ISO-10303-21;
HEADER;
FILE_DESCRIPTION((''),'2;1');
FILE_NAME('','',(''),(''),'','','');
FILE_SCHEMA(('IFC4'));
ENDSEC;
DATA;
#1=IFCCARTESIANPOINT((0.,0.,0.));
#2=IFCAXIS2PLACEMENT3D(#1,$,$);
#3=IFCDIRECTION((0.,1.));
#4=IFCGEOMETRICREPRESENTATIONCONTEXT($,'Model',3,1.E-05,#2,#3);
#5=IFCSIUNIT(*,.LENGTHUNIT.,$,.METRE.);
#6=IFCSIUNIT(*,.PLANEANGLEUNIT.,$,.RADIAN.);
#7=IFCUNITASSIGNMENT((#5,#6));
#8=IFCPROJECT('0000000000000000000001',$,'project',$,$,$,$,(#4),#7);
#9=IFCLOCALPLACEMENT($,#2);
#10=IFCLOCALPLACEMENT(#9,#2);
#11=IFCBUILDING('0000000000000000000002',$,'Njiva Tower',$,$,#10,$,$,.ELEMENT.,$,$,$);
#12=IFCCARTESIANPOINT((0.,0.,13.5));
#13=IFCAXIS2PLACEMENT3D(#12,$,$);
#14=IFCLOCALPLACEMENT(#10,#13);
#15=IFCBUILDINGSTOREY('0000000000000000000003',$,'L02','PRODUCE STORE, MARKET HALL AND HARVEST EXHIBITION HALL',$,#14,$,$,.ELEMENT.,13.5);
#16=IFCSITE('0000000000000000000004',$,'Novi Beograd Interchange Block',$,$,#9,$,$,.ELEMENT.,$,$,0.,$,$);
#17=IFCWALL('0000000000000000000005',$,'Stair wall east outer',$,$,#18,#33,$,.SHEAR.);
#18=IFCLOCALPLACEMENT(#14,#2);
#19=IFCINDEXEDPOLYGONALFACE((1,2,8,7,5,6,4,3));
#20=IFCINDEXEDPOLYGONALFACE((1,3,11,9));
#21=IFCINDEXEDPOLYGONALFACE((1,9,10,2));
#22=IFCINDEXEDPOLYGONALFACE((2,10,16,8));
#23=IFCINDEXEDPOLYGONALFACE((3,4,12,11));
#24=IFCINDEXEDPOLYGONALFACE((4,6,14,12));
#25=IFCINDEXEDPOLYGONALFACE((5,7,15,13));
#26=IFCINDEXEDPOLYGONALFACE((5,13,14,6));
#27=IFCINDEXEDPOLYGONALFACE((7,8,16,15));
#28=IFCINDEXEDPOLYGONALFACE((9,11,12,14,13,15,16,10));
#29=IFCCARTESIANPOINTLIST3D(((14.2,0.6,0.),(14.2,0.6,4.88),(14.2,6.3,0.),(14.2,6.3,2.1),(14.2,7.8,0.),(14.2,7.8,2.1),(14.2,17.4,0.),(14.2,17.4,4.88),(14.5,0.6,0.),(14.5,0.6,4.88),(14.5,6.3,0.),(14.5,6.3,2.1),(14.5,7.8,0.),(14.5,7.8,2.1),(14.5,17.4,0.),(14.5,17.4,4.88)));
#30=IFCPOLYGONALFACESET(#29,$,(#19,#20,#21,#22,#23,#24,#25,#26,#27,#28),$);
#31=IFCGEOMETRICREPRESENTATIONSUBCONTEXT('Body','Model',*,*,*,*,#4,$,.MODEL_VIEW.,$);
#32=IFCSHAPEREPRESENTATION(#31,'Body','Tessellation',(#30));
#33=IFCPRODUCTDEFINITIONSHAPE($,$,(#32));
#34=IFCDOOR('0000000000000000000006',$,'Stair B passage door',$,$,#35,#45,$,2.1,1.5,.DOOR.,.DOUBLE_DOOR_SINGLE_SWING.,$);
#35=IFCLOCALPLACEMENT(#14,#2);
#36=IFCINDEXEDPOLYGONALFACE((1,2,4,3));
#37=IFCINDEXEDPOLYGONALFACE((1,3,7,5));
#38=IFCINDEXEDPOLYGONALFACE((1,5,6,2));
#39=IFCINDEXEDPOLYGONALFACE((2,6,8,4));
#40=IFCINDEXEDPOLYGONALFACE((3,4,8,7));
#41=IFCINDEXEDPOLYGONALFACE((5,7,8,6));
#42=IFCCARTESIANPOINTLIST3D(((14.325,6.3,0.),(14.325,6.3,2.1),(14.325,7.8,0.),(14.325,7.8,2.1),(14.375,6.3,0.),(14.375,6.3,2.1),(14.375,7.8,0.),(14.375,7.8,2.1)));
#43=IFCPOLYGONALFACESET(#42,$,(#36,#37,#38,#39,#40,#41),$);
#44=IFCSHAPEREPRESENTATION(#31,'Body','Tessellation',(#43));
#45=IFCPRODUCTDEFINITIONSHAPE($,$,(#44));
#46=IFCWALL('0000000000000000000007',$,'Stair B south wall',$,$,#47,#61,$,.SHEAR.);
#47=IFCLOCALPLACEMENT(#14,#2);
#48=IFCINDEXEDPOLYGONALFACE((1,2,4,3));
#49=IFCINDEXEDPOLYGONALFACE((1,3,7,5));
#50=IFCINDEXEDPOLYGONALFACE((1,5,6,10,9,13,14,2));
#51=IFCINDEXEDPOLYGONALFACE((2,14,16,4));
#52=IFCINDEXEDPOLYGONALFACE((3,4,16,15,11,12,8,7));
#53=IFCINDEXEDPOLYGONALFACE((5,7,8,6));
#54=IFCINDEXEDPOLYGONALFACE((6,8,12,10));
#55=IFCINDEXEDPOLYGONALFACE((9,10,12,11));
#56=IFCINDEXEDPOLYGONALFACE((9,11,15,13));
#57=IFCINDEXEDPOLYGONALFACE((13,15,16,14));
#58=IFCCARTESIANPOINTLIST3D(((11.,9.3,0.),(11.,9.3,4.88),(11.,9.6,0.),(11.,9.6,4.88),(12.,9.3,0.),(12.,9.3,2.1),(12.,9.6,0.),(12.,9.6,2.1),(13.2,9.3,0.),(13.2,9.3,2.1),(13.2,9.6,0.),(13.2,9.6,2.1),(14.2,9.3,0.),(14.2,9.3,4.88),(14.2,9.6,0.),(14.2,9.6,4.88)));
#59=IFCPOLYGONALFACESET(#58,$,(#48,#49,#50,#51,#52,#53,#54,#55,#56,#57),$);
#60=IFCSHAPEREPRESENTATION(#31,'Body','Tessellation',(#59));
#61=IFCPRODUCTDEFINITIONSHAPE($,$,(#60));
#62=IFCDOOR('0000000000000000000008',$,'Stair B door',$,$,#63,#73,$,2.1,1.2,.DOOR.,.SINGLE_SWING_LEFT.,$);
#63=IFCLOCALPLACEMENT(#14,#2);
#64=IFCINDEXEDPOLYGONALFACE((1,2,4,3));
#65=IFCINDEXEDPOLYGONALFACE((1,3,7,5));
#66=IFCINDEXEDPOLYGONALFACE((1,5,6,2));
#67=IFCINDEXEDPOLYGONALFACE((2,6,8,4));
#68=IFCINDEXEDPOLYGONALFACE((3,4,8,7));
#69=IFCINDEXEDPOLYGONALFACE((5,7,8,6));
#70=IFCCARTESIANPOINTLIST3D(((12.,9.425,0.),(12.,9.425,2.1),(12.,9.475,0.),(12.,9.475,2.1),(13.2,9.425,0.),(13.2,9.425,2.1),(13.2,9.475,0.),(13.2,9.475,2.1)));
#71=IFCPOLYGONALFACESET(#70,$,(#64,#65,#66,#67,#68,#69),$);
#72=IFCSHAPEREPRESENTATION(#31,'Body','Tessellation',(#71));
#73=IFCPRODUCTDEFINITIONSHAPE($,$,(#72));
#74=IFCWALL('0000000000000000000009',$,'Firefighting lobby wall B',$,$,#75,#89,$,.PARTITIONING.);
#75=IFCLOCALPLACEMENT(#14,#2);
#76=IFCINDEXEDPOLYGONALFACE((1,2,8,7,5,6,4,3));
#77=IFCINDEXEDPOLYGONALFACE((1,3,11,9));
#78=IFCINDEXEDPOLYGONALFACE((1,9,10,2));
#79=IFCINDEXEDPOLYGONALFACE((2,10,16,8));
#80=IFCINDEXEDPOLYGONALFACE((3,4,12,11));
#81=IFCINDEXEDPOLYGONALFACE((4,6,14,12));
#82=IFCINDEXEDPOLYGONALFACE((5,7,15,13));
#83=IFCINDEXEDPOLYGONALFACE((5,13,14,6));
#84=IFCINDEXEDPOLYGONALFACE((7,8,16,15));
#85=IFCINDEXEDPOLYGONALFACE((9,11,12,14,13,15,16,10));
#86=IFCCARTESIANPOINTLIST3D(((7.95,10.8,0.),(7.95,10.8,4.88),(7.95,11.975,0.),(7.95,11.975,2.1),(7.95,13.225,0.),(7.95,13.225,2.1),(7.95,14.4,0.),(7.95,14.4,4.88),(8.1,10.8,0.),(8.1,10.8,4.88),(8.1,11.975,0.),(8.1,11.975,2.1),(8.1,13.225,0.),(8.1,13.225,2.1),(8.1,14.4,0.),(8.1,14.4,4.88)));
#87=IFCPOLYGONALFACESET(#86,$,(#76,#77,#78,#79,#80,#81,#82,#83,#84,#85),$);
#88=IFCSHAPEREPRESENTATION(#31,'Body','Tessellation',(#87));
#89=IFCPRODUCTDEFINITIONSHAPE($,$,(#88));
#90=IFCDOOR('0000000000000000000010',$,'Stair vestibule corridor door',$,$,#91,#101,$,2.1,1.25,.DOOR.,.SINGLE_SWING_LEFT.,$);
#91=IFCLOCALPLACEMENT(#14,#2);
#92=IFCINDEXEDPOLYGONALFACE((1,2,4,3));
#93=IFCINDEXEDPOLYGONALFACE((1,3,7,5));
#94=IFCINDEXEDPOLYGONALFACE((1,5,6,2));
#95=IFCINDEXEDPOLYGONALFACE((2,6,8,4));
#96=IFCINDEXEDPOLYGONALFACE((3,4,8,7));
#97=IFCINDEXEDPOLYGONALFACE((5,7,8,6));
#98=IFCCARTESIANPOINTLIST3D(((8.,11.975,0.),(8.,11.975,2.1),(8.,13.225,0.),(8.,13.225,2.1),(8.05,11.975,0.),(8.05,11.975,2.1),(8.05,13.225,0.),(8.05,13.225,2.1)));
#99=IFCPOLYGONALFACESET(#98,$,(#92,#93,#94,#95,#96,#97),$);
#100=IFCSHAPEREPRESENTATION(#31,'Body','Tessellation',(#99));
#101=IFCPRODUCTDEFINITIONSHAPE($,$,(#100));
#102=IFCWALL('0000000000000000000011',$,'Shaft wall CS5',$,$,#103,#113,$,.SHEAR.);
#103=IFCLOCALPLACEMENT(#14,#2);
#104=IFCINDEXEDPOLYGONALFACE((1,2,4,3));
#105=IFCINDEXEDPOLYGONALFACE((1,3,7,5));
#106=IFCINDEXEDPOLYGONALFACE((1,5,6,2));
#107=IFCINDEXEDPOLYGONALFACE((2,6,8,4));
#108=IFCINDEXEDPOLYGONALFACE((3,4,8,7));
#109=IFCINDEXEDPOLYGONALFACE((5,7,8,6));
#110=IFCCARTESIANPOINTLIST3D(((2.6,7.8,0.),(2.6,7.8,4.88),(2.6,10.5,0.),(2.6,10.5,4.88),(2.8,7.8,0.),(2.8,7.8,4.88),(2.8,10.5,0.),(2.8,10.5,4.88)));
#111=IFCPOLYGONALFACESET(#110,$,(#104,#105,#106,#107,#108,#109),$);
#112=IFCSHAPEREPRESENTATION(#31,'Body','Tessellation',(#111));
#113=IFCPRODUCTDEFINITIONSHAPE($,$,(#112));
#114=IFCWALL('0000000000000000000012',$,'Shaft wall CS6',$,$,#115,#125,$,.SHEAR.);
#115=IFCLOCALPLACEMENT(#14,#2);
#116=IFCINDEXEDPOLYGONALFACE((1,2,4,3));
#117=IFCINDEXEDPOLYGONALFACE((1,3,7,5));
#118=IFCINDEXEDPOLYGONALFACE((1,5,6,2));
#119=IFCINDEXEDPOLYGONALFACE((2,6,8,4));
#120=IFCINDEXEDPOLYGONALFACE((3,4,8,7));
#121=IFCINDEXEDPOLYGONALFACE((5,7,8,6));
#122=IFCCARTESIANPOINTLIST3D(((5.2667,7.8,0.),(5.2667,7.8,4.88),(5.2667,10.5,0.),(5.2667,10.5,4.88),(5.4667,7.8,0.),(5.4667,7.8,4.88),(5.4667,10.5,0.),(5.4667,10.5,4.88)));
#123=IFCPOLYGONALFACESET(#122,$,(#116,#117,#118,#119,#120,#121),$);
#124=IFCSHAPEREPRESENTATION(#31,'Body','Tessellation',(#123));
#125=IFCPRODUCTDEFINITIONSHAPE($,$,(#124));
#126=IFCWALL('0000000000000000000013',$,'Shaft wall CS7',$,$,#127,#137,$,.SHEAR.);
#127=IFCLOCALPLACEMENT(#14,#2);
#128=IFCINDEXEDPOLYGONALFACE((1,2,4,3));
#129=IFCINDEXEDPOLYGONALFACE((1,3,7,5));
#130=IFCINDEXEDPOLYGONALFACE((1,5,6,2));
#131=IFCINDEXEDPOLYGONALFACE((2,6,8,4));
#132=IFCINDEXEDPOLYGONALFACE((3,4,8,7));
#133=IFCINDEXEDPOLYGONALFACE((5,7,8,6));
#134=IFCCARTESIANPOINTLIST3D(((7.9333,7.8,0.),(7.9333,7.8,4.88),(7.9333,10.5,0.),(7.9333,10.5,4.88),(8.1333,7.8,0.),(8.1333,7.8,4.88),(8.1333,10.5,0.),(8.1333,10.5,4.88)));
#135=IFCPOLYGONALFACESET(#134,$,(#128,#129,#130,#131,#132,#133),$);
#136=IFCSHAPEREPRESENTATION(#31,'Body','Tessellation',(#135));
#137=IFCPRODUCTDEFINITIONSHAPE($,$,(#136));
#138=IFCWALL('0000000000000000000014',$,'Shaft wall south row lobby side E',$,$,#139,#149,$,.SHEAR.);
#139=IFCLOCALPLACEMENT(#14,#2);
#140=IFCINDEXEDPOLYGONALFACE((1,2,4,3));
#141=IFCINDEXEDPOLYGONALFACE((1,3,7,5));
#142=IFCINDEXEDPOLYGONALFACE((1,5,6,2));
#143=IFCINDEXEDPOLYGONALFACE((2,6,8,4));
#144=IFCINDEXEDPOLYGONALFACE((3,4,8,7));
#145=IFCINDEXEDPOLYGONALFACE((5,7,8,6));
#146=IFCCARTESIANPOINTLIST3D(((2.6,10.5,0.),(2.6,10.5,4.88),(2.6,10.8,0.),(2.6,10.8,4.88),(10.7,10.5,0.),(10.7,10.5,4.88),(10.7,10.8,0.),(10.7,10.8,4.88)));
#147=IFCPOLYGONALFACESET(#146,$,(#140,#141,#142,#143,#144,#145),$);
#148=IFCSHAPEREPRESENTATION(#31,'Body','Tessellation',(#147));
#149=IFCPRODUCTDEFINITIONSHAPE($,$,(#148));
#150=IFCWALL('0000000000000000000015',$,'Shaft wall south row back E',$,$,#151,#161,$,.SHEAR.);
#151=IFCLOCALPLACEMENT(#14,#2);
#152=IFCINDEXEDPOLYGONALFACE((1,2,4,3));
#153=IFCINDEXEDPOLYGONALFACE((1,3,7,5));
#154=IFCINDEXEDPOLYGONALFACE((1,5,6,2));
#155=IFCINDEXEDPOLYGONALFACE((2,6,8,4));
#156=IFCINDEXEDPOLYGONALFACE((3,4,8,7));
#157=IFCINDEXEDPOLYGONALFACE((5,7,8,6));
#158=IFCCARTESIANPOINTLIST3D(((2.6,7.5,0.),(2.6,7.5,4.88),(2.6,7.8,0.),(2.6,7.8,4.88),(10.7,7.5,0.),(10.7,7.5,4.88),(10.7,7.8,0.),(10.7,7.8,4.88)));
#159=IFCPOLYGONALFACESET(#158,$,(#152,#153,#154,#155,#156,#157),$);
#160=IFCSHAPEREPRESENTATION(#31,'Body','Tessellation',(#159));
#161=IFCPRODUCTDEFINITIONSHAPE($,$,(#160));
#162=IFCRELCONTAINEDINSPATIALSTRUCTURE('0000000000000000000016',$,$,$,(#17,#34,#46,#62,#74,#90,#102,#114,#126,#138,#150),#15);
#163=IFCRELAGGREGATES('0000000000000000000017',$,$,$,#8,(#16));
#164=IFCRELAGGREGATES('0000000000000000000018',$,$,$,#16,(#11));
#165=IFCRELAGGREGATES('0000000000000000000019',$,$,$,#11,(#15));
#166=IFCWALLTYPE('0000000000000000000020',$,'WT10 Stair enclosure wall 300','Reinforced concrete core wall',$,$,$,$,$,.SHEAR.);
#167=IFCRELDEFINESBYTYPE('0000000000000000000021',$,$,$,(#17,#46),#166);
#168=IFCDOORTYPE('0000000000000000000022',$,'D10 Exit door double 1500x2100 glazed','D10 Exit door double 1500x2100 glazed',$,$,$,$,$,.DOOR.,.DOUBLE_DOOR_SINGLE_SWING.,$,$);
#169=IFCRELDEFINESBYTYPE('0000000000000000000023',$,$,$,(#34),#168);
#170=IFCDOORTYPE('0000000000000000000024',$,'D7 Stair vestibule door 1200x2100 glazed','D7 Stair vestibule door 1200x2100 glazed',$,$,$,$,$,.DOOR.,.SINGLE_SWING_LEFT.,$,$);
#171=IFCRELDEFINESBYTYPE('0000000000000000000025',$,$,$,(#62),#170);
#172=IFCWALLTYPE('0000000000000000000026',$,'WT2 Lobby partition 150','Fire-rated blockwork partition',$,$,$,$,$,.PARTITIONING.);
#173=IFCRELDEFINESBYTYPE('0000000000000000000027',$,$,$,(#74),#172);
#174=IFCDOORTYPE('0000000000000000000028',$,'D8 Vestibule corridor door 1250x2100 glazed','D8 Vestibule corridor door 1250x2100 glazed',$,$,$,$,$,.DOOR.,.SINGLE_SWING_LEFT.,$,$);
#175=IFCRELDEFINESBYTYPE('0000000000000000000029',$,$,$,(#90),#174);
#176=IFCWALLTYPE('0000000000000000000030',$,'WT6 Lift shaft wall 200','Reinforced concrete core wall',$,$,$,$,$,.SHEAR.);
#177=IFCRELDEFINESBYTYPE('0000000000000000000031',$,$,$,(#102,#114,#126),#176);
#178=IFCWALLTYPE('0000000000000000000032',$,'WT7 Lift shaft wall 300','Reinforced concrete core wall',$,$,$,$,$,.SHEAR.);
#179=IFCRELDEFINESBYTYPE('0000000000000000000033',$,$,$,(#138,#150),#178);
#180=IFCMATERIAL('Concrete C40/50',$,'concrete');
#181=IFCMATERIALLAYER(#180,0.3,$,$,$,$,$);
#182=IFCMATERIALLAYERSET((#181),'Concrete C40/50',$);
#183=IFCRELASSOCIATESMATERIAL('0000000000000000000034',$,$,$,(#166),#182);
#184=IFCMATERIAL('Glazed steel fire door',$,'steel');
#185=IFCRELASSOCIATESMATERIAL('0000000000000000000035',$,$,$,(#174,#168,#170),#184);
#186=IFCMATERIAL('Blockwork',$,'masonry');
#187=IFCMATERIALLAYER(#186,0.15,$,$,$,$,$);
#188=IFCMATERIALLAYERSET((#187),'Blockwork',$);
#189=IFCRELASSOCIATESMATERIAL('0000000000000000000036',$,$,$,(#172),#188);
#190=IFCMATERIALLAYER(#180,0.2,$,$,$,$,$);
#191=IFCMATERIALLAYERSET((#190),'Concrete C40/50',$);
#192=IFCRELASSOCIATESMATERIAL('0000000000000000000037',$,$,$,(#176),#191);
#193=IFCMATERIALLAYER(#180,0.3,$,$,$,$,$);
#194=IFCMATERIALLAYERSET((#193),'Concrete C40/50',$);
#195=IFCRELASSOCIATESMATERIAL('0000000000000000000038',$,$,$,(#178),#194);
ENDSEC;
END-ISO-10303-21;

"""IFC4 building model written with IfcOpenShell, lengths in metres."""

from ifc_helpers import new_model, si_unit, direction, frame, frame_2d, origin, place, context, subcontext, project, spatial, rectangle, extrude, material, layer, layer_set, type_object, element, fill, save


model = new_model("IFC4")

# Units and contexts
model_context = context("Model", 3, precision=1e-05, world=origin(), true_north=direction((0.0, 1.0)))
body_context = subcontext(model_context, "Body", "Model", "MODEL_VIEW")
ifc_project = project(units=[si_unit("LENGTHUNIT", "METRE"), si_unit("PLANEANGLEUNIT", "RADIAN")], contexts=[model_context])

# Site, building, storey
site_placement = place(None, origin())
site = spatial("IfcSite", under=ifc_project, at=site_placement, Name="Novi Beograd Interchange Block", CompositionType="ELEMENT", RefElevation=0.0)
building_placement = place(site_placement, origin())
building = spatial("IfcBuilding", under=site, at=building_placement, Name="Njiva Tower", CompositionType="ELEMENT")
storey_placement = place(building_placement, frame((0.0, 0.0, 13.5)))
storey = spatial("IfcBuildingStorey", under=building, at=storey_placement, Name="L02", Description="PRODUCE STORE, MARKET HALL AND HARVEST EXHIBITION HALL", CompositionType="ELEMENT", Elevation=13.5)

# Shared definitions
ifc_material_1 = material(Name="Blockwork", Category="masonry")

# Shared definitions
ifc_material_2 = material(Name="Concrete C40/50", Category="concrete")
ifc_layer_1 = layer(ifc_material_2, 0.3)
ifc_layer_set_1 = layer_set([ifc_layer_1], Name="Concrete C40/50")
wall_type_1 = type_object("IfcWallType", Name="WT10 Stair enclosure wall 300", Description="Reinforced concrete core wall", PredefinedType="SHEAR", material=ifc_layer_set_1)
ifc_material_3 = material(Name="Glazed steel fire door", Category="steel")
door_type_1 = type_object("IfcDoorType", Name="D8 Vestibule corridor door 1250x2100 glazed", Description="D8 Vestibule corridor door 1250x2100 glazed", OperationType="SINGLE_SWING_LEFT", PredefinedType="DOOR", material=ifc_material_3)

# Walls, openings, doors
wall_1_placement = place(storey_placement, frame((14.35, 0.6, 0.0), z_axis=(0.0, 0.0, 1.0), x_axis=(0.0, 1.0, 0.0)))
wall_1 = element("IfcWall", 1, at=wall_1_placement, inside=storey, type_object=wall_type_1, Name="Stair wall east outer", PredefinedType="SHEAR", context=body_context, shape_type="SweptSolid", body=[
    extrude(rectangle(XDim=16.8, YDim=0.3, at=frame_2d((8.4, 0.0))), origin(), (0.0, 0.0, 1.0), 4.88),
])
opening_1_placement = place(wall_1_placement, frame((5.7, 0.0, 0.0)))
opening_1 = element("IfcOpeningElement", 2, at=opening_1_placement, cuts=wall_1, PredefinedType="OPENING", context=body_context, shape_type="SweptSolid", body=[
    extrude(rectangle(XDim=1.5, YDim=2.1, at=frame_2d((0.75, 1.05))), frame((0.0, 0.16, 0.0), z_axis=(0.0, -1.0, 0.0), x_axis=(1.0, 0.0, 0.0)), (0.0, 0.0, 1.0), 0.32),
])
door_type_2 = type_object("IfcDoorType", Name="D10 Exit door double 1500x2100 glazed", Description="D10 Exit door double 1500x2100 glazed", OperationType="DOUBLE_DOOR_SINGLE_SWING", PredefinedType="DOOR", material=ifc_material_3)
door_1_placement = place(opening_1_placement, origin())
door_1 = element("IfcDoor", 3, at=door_1_placement, inside=storey, type_object=door_type_2, Name="Stair B passage door", OperationType="DOUBLE_DOOR_SINGLE_SWING", OverallHeight=2.1, OverallWidth=1.5, PredefinedType="DOOR", context=body_context, shape_type="SweptSolid", body=[
    extrude(rectangle(XDim=1.5, YDim=2.1, at=frame_2d((0.75, 1.05))), frame((0.0, 0.025, 0.0), z_axis=(0.0, -1.0, 0.0), x_axis=(1.0, 0.0, 0.0)), (0.0, 0.0, 1.0), 0.05),
])
fill(opening_1, door_1)
wall_2_placement = place(storey_placement, frame((11.0, 9.45, 0.0), z_axis=(0.0, 0.0, 1.0), x_axis=(1.0, 0.0, 0.0)))
wall_2 = element("IfcWall", 4, at=wall_2_placement, inside=storey, type_object=wall_type_1, Name="Stair B south wall", PredefinedType="SHEAR", context=body_context, shape_type="SweptSolid", body=[
    extrude(rectangle(XDim=3.2, YDim=0.3, at=frame_2d((1.6, 0.0))), origin(), (0.0, 0.0, 1.0), 4.88),
])
opening_2_placement = place(wall_2_placement, frame((1.0, 0.0, 0.0)))
opening_2 = element("IfcOpeningElement", 5, at=opening_2_placement, cuts=wall_2, PredefinedType="OPENING", context=body_context, shape_type="SweptSolid", body=[
    extrude(rectangle(XDim=1.2, YDim=2.1, at=frame_2d((0.6, 1.05))), frame((0.0, 0.16, 0.0), z_axis=(0.0, -1.0, 0.0), x_axis=(1.0, 0.0, 0.0)), (0.0, 0.0, 1.0), 0.32),
])
door_type_3 = type_object("IfcDoorType", Name="D7 Stair vestibule door 1200x2100 glazed", Description="D7 Stair vestibule door 1200x2100 glazed", OperationType="SINGLE_SWING_LEFT", PredefinedType="DOOR", material=ifc_material_3)
door_2_placement = place(opening_2_placement, origin())
door_2 = element("IfcDoor", 6, at=door_2_placement, inside=storey, type_object=door_type_3, Name="Stair B door", OperationType="SINGLE_SWING_LEFT", OverallHeight=2.1, OverallWidth=1.2, PredefinedType="DOOR", context=body_context, shape_type="SweptSolid", body=[
    extrude(rectangle(XDim=1.2, YDim=2.1, at=frame_2d((0.6, 1.05))), frame((0.0, 0.025, 0.0), z_axis=(0.0, -1.0, 0.0), x_axis=(1.0, 0.0, 0.0)), (0.0, 0.0, 1.0), 0.05),
])
fill(opening_2, door_2)
ifc_layer_2 = layer(ifc_material_1, 0.15)
ifc_layer_set_2 = layer_set([ifc_layer_2], Name="Blockwork")
wall_type_2 = type_object("IfcWallType", Name="WT2 Lobby partition 150", Description="Fire-rated blockwork partition", PredefinedType="PARTITIONING", material=ifc_layer_set_2)
wall_3_placement = place(storey_placement, frame((8.025, 10.8, 0.0), z_axis=(0.0, 0.0, 1.0), x_axis=(0.0, 1.0, 0.0)))
wall_3 = element("IfcWall", 7, at=wall_3_placement, inside=storey, type_object=wall_type_2, Name="Firefighting lobby wall B", PredefinedType="PARTITIONING", context=body_context, shape_type="SweptSolid", body=[
    extrude(rectangle(XDim=3.6, YDim=0.15, at=frame_2d((1.8, 0.0))), origin(), (0.0, 0.0, 1.0), 4.88),
])
opening_3_placement = place(wall_3_placement, frame((1.175, 0.0, 0.0)))
opening_3 = element("IfcOpeningElement", 8, at=opening_3_placement, cuts=wall_3, PredefinedType="OPENING", context=body_context, shape_type="SweptSolid", body=[
    extrude(rectangle(XDim=1.25, YDim=2.1, at=frame_2d((0.625, 1.05))), frame((0.0, 0.085, 0.0), z_axis=(0.0, -1.0, 0.0), x_axis=(1.0, 0.0, 0.0)), (0.0, 0.0, 1.0), 0.17),
])
door_3_placement = place(opening_3_placement, origin())
door_3 = element("IfcDoor", 9, at=door_3_placement, inside=storey, type_object=door_type_1, Name="Stair vestibule corridor door", OperationType="SINGLE_SWING_LEFT", OverallHeight=2.1, OverallWidth=1.25, PredefinedType="DOOR", context=body_context, shape_type="SweptSolid", body=[
    extrude(rectangle(XDim=1.25, YDim=2.1, at=frame_2d((0.625, 1.05))), frame((0.0, 0.025, 0.0), z_axis=(0.0, -1.0, 0.0), x_axis=(1.0, 0.0, 0.0)), (0.0, 0.0, 1.0), 0.05),
])
fill(opening_3, door_3)

# Walls
ifc_layer_3 = layer(ifc_material_2, 0.2)
ifc_layer_set_3 = layer_set([ifc_layer_3], Name="Concrete C40/50")
wall_type_3 = type_object("IfcWallType", Name="WT6 Lift shaft wall 200", Description="Reinforced concrete core wall", PredefinedType="SHEAR", material=ifc_layer_set_3)
for number, where, z_axis, x_axis, name in (
    (10, (2.7, 7.8, 0.0), (0.0, 0.0, 1.0), (0.0, 1.0, 0.0), "Shaft wall CS5"),
    (11, (5.3667, 7.8, 0.0), (0.0, 0.0, 1.0), (0.0, 1.0, 0.0), "Shaft wall CS6"),
    (12, (8.0333, 7.8, 0.0), (0.0, 0.0, 1.0), (0.0, 1.0, 0.0), "Shaft wall CS7"),
):
    element("IfcWall", number, at=place(storey_placement, frame(where, z_axis=z_axis, x_axis=x_axis)), inside=storey, type_object=wall_type_3, Name=name, PredefinedType="SHEAR", context=body_context, shape_type="SweptSolid", body=[
        extrude(rectangle(XDim=2.7, YDim=0.2, at=frame_2d((1.35, 0.0))), origin(), (0.0, 0.0, 1.0), 4.88),
    ])
ifc_layer_4 = layer(ifc_material_2, 0.3)
ifc_layer_set_4 = layer_set([ifc_layer_4], Name="Concrete C40/50")
wall_type_4 = type_object("IfcWallType", Name="WT7 Lift shaft wall 300", Description="Reinforced concrete core wall", PredefinedType="SHEAR", material=ifc_layer_set_4)
for number, where, z_axis, x_axis, name in (
    (13, (2.6, 10.65, 0.0), (0.0, 0.0, 1.0), (1.0, 0.0, 0.0), "Shaft wall south row lobby side E"),
    (14, (2.6, 7.65, 0.0), (0.0, 0.0, 1.0), (1.0, 0.0, 0.0), "Shaft wall south row back E"),
):
    element("IfcWall", number, at=place(storey_placement, frame(where, z_axis=z_axis, x_axis=x_axis)), inside=storey, type_object=wall_type_4, Name=name, PredefinedType="SHEAR", context=body_context, shape_type="SweptSolid", body=[
        extrude(rectangle(XDim=8.1, YDim=0.3, at=frame_2d((4.05, 0.0))), origin(), (0.0, 0.0, 1.0), 4.88),
    ])

save(model, "model.ifc")
